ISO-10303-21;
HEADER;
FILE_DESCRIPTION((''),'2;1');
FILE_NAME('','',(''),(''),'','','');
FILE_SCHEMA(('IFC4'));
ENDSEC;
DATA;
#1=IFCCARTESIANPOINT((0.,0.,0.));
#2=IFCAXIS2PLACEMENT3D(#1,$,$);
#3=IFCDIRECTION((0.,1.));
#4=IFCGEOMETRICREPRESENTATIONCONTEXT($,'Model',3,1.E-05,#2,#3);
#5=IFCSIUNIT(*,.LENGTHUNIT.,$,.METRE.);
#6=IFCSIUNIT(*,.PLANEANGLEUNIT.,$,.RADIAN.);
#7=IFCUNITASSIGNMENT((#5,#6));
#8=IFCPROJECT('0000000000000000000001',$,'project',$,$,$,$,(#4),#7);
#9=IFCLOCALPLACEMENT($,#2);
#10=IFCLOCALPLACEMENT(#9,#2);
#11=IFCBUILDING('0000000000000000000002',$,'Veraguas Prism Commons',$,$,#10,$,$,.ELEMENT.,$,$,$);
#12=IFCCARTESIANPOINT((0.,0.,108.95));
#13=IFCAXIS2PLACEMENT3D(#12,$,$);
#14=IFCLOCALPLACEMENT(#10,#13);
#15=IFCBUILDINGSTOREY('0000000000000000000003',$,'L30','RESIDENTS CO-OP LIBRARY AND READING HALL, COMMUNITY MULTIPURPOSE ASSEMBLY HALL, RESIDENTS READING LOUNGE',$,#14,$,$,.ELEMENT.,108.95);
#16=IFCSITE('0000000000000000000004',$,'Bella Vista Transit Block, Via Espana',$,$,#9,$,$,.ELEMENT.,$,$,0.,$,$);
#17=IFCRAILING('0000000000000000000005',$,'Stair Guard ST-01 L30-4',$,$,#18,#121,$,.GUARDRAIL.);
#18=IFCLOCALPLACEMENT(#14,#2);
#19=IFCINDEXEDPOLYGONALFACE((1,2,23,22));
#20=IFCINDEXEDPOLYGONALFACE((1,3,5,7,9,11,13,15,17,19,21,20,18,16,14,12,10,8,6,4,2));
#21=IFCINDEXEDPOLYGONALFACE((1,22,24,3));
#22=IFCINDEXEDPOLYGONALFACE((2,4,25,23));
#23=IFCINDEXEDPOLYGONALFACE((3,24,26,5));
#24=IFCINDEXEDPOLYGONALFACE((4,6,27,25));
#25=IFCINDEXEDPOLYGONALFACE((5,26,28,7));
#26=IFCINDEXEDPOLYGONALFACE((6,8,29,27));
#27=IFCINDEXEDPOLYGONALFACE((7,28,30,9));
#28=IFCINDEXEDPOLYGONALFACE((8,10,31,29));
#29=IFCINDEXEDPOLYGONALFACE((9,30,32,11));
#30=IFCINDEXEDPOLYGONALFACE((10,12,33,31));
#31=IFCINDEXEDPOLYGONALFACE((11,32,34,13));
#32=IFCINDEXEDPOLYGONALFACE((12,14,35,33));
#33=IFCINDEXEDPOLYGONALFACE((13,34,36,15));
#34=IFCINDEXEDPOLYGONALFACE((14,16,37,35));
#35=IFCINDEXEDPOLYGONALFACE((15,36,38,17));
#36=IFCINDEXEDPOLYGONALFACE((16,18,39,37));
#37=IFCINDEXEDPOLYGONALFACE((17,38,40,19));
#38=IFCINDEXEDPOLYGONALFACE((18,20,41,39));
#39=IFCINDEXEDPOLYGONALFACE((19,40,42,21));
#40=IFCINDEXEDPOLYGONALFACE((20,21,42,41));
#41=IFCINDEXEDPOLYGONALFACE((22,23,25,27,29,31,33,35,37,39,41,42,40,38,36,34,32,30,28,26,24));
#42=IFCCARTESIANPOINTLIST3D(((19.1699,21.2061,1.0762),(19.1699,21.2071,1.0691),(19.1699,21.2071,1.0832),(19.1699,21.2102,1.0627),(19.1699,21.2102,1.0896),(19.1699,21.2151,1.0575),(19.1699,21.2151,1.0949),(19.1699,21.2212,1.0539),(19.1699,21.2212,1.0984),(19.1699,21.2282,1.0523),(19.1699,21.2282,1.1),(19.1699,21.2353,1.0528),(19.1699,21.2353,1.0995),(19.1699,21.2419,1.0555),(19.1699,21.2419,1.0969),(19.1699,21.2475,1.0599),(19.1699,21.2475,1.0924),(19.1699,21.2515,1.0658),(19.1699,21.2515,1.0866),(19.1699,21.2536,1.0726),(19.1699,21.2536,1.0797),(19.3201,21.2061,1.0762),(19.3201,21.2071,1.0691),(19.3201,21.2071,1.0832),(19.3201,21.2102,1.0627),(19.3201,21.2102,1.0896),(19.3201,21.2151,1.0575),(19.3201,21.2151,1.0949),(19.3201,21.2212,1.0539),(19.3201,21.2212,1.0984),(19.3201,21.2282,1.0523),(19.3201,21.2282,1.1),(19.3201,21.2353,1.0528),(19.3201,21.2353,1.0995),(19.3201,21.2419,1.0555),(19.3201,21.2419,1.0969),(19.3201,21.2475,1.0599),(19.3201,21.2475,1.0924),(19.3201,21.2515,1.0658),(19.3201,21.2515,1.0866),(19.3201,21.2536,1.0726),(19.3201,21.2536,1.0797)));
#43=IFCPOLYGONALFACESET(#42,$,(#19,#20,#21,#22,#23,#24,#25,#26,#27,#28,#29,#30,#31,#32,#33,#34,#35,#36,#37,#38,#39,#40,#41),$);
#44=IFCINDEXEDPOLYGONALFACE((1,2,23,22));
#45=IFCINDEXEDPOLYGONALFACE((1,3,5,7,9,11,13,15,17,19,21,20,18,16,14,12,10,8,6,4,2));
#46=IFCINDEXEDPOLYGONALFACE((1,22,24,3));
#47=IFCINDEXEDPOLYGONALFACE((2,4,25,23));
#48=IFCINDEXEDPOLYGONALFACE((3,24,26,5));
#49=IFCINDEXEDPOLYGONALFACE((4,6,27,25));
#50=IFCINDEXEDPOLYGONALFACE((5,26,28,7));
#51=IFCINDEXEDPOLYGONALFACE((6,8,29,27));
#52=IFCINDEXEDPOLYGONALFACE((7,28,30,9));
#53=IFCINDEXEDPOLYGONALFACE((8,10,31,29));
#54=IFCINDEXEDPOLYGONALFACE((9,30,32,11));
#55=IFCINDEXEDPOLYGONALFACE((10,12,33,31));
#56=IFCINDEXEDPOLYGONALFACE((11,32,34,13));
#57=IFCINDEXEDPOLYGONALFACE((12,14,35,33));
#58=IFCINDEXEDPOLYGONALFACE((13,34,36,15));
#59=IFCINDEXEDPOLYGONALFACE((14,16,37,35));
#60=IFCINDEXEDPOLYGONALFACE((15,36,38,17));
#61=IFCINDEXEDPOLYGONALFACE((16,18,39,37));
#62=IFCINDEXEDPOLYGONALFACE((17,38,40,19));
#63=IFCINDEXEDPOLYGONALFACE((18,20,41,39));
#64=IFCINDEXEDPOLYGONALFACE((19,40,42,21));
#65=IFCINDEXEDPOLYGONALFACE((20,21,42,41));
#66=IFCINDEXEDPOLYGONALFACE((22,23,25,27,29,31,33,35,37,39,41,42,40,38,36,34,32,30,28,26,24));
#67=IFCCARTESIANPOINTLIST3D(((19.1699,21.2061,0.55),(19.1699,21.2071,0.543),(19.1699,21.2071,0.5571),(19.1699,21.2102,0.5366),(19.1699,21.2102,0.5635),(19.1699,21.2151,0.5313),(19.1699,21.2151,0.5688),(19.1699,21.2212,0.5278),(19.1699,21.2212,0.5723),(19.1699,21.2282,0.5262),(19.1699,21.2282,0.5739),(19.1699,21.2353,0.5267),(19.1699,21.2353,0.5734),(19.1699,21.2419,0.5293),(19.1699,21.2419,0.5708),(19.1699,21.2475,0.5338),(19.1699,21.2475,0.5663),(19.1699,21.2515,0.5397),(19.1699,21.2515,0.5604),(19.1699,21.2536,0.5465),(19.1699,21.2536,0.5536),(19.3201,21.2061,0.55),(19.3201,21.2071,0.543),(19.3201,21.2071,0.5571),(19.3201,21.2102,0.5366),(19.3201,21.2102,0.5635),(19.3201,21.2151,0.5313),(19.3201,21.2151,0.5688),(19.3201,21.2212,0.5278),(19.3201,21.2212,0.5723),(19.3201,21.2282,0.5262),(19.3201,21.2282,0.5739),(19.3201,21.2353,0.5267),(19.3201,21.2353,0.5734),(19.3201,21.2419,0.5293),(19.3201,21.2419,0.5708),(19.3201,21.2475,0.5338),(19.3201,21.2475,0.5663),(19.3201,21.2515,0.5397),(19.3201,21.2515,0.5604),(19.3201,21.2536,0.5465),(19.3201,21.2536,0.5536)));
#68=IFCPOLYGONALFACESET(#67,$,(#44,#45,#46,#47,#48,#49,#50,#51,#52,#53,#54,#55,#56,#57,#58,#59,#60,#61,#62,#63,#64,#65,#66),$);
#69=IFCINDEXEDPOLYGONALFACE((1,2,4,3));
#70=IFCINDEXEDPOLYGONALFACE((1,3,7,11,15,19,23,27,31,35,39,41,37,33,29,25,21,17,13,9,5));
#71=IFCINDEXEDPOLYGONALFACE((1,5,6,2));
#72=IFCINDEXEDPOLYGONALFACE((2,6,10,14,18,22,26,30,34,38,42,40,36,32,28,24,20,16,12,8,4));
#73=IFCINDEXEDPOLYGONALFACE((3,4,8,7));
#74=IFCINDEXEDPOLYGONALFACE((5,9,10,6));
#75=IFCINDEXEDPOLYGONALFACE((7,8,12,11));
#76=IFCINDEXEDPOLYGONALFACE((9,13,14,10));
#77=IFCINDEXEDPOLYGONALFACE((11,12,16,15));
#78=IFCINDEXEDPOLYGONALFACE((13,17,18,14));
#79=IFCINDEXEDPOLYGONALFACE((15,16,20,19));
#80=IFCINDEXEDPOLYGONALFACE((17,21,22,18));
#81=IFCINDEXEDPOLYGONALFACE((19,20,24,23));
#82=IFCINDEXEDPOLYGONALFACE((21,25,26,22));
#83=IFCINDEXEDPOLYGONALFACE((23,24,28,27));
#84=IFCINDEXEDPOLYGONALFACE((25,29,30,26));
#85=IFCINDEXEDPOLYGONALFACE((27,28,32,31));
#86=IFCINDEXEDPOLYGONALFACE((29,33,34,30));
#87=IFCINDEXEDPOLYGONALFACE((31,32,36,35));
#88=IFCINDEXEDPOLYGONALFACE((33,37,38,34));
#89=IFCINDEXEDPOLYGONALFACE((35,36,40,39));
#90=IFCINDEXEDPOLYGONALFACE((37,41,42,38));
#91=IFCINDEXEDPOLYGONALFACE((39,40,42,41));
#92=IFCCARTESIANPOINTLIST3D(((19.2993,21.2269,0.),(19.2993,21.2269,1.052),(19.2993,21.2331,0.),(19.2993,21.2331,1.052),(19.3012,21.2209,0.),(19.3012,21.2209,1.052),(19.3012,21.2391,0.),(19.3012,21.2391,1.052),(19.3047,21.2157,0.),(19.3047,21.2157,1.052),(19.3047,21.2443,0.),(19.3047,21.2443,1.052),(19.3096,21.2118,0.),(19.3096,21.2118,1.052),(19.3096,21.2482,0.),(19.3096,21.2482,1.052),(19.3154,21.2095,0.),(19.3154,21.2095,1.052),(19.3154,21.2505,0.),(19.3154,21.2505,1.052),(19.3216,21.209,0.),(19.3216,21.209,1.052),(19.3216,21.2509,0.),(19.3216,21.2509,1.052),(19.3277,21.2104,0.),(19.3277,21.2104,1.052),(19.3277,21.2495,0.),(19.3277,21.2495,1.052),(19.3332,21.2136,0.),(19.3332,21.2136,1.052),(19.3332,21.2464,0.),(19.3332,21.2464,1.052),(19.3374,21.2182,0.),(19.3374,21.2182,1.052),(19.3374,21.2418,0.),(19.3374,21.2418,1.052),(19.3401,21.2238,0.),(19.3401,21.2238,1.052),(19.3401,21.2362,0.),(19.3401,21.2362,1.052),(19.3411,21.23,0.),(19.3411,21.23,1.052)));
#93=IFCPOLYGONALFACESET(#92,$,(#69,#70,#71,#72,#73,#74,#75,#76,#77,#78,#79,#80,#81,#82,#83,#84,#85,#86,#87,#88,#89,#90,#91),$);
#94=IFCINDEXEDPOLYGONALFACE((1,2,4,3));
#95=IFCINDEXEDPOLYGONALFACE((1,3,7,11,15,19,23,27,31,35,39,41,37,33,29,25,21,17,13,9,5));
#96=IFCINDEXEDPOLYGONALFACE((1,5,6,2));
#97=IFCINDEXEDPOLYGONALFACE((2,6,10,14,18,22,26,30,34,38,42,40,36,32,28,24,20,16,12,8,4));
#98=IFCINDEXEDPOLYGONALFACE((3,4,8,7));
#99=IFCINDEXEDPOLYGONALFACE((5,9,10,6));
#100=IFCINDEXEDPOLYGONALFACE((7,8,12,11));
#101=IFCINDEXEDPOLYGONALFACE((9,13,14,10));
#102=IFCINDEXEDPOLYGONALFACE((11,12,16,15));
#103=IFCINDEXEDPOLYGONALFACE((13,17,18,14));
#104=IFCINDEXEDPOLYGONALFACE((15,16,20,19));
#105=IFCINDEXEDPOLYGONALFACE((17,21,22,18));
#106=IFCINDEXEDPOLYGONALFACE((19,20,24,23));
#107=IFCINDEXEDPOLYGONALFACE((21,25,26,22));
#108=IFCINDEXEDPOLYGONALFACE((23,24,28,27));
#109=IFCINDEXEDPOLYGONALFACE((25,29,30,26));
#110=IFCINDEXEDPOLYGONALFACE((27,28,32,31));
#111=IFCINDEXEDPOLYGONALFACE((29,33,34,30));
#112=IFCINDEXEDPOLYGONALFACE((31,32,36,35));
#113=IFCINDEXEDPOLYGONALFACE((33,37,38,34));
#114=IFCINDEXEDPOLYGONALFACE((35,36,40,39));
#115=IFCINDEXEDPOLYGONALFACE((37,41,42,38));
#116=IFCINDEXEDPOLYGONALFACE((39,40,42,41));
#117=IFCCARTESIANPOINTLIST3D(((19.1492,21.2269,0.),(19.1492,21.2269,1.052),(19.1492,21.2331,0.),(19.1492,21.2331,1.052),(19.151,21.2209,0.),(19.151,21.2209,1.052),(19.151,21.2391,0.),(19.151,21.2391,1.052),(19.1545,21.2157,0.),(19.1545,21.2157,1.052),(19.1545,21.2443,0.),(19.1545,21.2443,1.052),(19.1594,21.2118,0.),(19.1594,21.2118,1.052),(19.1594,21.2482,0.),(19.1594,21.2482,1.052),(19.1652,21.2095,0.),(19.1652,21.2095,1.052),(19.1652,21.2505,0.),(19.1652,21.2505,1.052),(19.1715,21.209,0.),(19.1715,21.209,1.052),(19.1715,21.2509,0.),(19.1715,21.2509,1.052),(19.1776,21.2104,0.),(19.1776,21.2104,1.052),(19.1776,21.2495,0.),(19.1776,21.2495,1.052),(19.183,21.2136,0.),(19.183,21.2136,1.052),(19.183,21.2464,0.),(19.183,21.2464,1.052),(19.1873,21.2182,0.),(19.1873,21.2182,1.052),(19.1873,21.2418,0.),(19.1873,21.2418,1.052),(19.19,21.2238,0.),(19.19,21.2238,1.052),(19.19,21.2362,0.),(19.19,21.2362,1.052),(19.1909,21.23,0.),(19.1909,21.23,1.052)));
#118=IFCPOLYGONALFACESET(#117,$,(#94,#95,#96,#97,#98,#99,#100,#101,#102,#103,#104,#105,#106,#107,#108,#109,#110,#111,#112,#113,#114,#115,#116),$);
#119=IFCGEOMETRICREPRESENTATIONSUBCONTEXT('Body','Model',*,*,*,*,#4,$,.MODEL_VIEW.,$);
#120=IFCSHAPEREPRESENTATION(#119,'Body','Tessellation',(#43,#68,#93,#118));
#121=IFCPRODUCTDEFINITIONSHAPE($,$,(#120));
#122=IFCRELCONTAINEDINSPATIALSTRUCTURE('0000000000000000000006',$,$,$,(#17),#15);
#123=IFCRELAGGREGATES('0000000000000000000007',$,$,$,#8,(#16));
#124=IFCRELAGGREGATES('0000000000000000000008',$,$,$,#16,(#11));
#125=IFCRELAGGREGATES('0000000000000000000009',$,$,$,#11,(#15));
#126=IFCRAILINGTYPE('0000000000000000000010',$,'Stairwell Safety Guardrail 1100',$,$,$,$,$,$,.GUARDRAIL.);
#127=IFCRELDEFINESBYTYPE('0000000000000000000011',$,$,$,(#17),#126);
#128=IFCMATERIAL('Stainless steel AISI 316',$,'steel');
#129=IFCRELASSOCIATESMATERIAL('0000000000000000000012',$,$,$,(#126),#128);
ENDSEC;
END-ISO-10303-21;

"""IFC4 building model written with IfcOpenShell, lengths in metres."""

from ifc_helpers import new_model, si_unit, direction, frame, origin, origin_2d, place, context, subcontext, project, spatial, circle, extrude, material, type_object, element, save


model = new_model("IFC4")

# Units and contexts
model_context = context("Model", 3, precision=1e-05, world=origin(), true_north=direction((0.0, 1.0)))
body_context = subcontext(model_context, "Body", "Model", "MODEL_VIEW")
ifc_project = project(units=[si_unit("LENGTHUNIT", "METRE"), si_unit("PLANEANGLEUNIT", "RADIAN")], contexts=[model_context])

# Site, building, storey
site_placement = place(None, origin())
site = spatial("IfcSite", under=ifc_project, at=site_placement, Name="Bella Vista Transit Block, Via Espana", CompositionType="ELEMENT", RefElevation=0.0)
building_placement = place(site_placement, origin())
building = spatial("IfcBuilding", under=site, at=building_placement, Name="Veraguas Prism Commons", CompositionType="ELEMENT")
storey_placement = place(building_placement, frame((0.0, 0.0, 108.95)))
storey = spatial("IfcBuildingStorey", under=building, at=storey_placement, Name="L30", Description="RESIDENTS CO-OP LIBRARY AND READING HALL, COMMUNITY MULTIPURPOSE ASSEMBLY HALL, RESIDENTS READING LOUNGE", CompositionType="ELEMENT", Elevation=108.95)

# Railing
ifc_material_1 = material(Name="Stainless steel AISI 316", Category="steel")
railing_type = type_object("IfcRailingType", Name="Stairwell Safety Guardrail 1100", PredefinedType="GUARDRAIL", material=ifc_material_1)
railing_1_placement = place(storey_placement, frame((19.3201, 21.23, 0.0)))
element("IfcRailing", 1, at=railing_1_placement, inside=storey, type_object=railing_type, Name="Stair Guard ST-01 L30-4", PredefinedType="GUARDRAIL", context=body_context, shape_type="SweptSolid", body=[
    extrude(circle(Radius=0.0239, at=origin_2d()), frame((0.0, 0.0, 1.0762), z_axis=(-1.0, 0.0, 0.0), x_axis=(0.0, -1.0, 0.0)), (0.0, 0.0, 1.0), 0.1501),
    extrude(circle(Radius=0.0239, at=origin_2d()), frame((0.0, 0.0, 0.55), z_axis=(-1.0, 0.0, 0.0), x_axis=(0.0, -1.0, 0.0)), (0.0, 0.0, 1.0), 0.1501),
    extrude(circle(Radius=0.021, at=origin_2d()), origin(), (0.0, 0.0, 1.0), 1.052),
    extrude(circle(Radius=0.021, at=origin_2d()), frame((-0.1501, 0.0, 0.0)), (0.0, 0.0, 1.0), 1.052),
])

save(model, "model.ifc")
